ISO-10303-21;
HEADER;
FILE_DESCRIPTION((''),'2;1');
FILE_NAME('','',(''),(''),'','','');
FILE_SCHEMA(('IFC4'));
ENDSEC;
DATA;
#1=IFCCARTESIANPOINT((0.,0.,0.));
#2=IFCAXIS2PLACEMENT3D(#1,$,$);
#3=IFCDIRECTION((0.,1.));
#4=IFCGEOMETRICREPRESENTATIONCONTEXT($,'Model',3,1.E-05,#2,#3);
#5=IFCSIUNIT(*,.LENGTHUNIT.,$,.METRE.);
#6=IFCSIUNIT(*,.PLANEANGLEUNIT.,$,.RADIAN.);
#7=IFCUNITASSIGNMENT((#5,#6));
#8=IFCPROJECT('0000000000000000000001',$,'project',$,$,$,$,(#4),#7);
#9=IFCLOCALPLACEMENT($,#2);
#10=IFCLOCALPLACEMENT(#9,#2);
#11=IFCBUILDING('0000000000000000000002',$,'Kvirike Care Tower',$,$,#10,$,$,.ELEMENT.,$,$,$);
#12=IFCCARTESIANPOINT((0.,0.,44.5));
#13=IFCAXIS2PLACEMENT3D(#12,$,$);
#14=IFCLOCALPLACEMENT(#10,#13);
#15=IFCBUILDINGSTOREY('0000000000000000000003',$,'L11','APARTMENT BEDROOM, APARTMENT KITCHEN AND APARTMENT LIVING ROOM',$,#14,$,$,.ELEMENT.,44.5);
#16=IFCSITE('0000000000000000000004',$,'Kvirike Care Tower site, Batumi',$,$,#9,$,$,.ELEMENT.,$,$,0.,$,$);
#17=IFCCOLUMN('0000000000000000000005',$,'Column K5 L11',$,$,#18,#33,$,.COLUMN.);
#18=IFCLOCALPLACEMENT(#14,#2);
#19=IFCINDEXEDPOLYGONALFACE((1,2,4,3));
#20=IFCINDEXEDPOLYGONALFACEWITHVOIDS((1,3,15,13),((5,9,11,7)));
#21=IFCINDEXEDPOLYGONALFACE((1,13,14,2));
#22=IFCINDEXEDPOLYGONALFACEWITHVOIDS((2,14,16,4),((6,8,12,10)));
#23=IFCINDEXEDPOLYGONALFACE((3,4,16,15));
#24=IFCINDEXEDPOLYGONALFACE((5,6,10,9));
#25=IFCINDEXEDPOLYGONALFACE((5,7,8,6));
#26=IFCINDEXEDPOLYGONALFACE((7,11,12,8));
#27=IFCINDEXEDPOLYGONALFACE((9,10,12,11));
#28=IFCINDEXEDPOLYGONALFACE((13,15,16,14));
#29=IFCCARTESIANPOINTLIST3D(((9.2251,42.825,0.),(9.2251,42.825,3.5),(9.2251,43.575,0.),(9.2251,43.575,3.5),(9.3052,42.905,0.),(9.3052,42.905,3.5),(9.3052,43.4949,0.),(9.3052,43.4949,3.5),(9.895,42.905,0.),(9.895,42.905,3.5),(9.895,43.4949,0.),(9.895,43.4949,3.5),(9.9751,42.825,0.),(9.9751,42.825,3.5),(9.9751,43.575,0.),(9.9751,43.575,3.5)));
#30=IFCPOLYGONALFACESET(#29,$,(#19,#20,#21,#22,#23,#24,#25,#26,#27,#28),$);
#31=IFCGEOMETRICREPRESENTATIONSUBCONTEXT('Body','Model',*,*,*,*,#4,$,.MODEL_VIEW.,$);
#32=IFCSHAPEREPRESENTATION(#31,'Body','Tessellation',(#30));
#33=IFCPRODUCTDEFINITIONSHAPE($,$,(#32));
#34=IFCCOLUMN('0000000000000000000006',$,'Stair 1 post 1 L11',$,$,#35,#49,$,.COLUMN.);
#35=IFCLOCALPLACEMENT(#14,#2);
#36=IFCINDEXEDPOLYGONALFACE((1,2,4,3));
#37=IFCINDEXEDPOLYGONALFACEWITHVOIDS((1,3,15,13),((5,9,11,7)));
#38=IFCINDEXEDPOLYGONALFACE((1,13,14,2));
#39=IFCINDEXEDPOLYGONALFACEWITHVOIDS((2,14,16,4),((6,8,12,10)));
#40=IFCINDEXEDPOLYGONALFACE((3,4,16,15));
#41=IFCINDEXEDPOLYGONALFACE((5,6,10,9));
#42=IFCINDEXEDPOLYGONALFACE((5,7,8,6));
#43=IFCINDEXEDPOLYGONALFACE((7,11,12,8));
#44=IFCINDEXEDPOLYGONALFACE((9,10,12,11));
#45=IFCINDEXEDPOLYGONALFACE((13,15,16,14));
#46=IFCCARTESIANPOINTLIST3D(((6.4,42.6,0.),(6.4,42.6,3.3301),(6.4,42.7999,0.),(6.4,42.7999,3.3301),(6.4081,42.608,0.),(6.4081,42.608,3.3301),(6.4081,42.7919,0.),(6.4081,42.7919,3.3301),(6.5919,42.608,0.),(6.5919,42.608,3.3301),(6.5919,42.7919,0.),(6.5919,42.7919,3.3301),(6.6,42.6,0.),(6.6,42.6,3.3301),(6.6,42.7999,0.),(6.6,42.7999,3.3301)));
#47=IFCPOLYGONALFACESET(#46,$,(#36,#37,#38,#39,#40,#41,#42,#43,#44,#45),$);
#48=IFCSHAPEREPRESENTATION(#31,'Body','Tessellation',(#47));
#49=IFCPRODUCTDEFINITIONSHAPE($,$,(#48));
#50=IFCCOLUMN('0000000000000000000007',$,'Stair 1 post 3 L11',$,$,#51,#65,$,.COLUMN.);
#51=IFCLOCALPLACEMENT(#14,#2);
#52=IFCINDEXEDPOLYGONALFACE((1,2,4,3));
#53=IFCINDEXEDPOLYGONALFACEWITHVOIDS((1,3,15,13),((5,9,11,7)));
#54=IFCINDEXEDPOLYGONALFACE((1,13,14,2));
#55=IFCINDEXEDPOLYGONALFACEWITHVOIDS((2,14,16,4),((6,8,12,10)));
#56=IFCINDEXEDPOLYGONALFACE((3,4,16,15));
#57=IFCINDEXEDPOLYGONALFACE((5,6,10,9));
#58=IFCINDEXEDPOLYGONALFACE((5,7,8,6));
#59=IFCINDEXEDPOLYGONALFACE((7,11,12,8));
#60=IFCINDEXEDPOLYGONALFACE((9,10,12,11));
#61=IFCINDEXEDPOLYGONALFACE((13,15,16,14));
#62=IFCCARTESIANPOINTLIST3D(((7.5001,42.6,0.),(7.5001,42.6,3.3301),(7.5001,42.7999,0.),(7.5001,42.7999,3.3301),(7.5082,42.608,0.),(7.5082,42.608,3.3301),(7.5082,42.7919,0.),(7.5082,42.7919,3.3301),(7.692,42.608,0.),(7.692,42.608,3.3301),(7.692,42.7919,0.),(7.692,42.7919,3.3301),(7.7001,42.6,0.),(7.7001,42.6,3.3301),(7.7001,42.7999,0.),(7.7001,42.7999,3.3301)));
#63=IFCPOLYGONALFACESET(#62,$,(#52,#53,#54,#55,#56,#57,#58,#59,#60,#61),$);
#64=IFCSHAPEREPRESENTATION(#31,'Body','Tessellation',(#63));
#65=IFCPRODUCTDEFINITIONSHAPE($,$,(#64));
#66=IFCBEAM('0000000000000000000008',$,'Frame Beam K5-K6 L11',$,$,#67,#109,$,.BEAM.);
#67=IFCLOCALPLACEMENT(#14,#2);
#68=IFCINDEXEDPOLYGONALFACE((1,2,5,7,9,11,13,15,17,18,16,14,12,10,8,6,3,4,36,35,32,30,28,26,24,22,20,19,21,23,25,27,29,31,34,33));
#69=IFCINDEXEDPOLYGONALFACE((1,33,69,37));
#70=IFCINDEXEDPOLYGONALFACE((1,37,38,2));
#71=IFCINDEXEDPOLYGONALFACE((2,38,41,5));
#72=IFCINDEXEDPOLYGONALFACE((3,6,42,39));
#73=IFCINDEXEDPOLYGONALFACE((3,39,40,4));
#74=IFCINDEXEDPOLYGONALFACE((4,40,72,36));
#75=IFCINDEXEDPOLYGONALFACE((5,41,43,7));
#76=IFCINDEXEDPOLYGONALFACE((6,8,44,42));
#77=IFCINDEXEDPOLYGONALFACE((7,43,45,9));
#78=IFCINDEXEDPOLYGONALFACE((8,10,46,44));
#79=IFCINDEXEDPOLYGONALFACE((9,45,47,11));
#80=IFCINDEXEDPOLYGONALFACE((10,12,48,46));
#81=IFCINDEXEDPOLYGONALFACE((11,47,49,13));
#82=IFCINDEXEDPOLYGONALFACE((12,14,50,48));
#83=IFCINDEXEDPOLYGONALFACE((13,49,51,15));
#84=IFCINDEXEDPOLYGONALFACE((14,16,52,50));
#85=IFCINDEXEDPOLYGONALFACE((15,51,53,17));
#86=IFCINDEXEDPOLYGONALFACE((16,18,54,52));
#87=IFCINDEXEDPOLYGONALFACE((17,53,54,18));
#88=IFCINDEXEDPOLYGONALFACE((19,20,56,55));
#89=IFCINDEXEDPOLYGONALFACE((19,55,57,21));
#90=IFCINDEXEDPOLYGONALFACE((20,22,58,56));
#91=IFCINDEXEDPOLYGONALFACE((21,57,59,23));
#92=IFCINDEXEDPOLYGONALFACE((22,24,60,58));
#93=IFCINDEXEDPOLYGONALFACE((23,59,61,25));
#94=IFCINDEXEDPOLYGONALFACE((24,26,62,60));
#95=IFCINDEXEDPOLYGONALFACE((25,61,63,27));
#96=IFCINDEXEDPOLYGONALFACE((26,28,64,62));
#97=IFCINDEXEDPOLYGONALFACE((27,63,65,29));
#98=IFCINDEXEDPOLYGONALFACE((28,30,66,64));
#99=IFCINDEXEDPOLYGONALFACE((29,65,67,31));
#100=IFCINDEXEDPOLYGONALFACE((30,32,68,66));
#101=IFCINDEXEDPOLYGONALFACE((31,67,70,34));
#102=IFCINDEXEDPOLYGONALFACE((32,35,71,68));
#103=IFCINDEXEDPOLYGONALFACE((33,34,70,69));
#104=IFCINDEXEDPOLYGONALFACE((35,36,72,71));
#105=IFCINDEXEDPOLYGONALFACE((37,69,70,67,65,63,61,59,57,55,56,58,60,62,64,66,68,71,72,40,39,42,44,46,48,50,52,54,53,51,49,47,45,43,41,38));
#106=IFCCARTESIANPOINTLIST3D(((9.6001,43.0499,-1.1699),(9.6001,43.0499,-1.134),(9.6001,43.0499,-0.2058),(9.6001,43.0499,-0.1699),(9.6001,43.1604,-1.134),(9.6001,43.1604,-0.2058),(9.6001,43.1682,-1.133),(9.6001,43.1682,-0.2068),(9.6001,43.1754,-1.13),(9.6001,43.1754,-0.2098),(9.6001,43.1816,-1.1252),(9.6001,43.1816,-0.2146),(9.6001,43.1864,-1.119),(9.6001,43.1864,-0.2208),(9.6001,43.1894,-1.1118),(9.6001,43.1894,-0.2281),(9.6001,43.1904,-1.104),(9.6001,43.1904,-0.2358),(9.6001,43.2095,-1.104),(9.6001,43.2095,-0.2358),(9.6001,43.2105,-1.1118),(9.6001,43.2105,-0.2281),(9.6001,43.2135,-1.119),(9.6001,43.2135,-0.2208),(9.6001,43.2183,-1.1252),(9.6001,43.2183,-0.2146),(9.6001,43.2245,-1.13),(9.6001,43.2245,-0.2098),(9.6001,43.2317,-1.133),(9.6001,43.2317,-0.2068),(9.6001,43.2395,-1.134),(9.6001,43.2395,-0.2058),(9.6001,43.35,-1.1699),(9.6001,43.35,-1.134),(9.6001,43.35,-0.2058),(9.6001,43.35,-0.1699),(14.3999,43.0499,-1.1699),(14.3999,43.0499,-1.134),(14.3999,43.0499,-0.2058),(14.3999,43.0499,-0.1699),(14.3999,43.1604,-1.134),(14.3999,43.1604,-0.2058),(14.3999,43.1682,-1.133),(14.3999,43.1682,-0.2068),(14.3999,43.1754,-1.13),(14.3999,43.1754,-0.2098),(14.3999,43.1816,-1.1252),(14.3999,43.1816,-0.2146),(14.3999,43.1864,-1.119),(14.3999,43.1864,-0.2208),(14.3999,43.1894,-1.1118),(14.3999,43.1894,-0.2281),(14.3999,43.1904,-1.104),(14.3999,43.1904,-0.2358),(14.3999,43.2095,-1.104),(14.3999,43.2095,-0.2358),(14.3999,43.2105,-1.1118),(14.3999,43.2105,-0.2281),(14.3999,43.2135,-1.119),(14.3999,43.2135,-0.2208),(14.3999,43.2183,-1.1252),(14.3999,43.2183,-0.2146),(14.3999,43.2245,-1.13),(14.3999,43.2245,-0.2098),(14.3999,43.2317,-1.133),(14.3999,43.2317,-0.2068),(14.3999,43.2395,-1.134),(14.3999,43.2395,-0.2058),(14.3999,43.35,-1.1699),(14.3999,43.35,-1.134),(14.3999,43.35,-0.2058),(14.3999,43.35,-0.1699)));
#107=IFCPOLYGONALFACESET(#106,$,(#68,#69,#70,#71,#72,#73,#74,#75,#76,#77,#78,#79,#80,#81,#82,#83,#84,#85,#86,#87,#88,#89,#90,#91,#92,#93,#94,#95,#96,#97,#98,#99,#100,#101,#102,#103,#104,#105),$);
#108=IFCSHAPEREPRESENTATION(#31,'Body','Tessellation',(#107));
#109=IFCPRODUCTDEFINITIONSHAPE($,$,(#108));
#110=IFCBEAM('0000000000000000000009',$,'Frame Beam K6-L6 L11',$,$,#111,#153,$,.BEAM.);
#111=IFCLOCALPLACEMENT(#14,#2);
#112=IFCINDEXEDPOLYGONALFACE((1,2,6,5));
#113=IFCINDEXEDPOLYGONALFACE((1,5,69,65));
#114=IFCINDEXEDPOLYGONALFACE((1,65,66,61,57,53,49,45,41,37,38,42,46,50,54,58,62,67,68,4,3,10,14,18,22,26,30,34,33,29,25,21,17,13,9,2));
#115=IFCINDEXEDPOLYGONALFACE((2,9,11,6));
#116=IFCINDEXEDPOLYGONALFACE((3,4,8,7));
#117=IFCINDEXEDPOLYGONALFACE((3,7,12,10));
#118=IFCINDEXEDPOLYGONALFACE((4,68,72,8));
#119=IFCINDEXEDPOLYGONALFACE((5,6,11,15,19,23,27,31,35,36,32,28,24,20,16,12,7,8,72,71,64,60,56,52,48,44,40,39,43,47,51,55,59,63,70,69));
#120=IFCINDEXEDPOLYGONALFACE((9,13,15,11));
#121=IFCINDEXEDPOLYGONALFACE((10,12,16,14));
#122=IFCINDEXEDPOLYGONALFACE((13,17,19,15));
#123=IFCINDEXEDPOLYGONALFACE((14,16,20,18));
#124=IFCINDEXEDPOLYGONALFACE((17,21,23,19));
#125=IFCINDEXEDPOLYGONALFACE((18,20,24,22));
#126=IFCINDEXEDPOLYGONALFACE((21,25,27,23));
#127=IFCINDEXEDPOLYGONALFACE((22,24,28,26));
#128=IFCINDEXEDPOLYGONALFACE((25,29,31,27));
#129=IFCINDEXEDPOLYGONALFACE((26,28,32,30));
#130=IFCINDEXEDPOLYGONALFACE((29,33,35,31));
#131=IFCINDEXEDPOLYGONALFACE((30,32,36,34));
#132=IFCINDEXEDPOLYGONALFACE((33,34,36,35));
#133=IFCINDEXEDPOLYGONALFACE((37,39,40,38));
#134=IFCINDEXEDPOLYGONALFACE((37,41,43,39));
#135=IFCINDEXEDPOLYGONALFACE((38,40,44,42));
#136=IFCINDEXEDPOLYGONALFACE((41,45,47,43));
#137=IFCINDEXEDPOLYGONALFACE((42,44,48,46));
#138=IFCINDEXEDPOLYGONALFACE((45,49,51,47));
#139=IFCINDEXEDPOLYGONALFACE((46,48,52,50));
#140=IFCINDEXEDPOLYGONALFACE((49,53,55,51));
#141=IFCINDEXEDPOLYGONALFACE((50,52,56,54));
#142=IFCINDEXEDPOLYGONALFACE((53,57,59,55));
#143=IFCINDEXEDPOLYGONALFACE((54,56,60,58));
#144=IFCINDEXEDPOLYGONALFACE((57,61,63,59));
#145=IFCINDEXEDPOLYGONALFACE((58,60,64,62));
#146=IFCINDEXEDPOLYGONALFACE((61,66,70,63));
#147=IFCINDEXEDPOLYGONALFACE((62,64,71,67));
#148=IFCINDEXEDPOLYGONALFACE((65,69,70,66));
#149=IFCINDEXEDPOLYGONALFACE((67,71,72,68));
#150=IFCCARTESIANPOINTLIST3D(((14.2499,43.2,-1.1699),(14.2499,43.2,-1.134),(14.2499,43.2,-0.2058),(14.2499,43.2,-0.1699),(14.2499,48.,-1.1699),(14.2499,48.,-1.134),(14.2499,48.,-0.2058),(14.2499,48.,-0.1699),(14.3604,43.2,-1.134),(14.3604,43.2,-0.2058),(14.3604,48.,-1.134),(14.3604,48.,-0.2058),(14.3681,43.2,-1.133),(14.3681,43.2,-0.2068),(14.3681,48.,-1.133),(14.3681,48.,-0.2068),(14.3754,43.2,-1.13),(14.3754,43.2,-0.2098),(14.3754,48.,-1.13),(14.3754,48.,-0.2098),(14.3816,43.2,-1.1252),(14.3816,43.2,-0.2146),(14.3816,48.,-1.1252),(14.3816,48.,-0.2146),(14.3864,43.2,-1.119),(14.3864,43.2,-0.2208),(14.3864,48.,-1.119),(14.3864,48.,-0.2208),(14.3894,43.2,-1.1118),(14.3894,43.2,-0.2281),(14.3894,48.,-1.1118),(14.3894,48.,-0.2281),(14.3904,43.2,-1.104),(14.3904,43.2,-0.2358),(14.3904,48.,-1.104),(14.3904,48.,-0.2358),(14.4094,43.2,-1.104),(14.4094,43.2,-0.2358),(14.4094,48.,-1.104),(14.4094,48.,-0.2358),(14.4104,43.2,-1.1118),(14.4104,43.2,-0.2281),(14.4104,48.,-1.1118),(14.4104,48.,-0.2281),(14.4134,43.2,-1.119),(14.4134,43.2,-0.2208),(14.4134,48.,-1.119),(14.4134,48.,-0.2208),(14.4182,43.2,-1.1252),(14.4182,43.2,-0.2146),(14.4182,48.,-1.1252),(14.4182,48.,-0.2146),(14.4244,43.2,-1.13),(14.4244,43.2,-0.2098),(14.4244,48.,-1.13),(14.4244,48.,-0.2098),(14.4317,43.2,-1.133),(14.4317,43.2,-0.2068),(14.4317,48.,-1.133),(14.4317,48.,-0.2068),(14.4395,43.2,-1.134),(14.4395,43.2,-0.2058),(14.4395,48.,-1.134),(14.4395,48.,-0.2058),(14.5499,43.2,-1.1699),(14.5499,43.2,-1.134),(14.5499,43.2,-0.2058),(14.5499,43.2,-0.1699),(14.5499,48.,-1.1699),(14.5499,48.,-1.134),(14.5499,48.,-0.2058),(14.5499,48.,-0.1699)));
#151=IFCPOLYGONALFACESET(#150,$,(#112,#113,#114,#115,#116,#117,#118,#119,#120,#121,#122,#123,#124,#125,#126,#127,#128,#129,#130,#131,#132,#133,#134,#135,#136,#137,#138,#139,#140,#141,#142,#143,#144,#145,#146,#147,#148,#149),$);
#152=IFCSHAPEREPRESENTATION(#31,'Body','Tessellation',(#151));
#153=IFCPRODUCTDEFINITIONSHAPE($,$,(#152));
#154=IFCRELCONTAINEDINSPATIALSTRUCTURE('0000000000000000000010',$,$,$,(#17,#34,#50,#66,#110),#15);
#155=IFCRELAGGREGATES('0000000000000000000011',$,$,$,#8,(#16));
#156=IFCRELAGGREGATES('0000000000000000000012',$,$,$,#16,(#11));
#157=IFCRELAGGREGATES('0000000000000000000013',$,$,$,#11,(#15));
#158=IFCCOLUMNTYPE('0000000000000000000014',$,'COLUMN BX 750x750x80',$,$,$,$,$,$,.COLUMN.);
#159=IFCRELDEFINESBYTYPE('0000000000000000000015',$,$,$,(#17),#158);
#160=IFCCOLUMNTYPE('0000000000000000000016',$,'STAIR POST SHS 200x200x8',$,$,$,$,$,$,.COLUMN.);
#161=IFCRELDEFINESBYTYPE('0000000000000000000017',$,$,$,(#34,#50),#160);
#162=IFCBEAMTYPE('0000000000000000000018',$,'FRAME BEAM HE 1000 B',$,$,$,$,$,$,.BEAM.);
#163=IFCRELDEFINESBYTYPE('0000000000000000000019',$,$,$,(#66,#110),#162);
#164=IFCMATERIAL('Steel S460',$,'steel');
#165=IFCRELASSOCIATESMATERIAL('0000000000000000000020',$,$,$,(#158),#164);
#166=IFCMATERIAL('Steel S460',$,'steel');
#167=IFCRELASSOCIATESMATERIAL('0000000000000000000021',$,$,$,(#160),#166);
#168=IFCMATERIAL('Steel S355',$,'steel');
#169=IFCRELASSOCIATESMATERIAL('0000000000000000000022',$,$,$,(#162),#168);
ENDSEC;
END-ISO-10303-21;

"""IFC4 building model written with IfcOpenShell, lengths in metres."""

from ifc_helpers import new_model, si_unit, direction, frame, origin, origin_2d, place, context, subcontext, project, spatial, hollow_rectangle, i_section, extrude, material, material_profile, profile_set, type_object, element, save


model = new_model("IFC4")

# Units and contexts
model_context = context("Model", 3, precision=1e-05, world=origin(), true_north=direction((0.0, 1.0)))
body_context = subcontext(model_context, "Body", "Model", "MODEL_VIEW")
ifc_project = project(units=[si_unit("LENGTHUNIT", "METRE"), si_unit("PLANEANGLEUNIT", "RADIAN")], contexts=[model_context])

# Site, building, storey
site_placement = place(None, origin())
site = spatial("IfcSite", under=ifc_project, at=site_placement, Name="Kvirike Care Tower site, Batumi", CompositionType="ELEMENT", RefElevation=0.0)
building_placement = place(site_placement, origin())
building = spatial("IfcBuilding", under=site, at=building_placement, Name="Kvirike Care Tower", CompositionType="ELEMENT")
storey_placement = place(building_placement, frame((0.0, 0.0, 44.5)))
storey = spatial("IfcBuildingStorey", under=building, at=storey_placement, Name="L11", Description="APARTMENT BEDROOM, APARTMENT KITCHEN AND APARTMENT LIVING ROOM", CompositionType="ELEMENT", Elevation=44.5)

# Columns
ifc_material_1 = material(Name="Steel S460", Category="steel")
ifc_material_profile_1 = material_profile(ifc_material_1, hollow_rectangle(XDim=0.75, YDim=0.75, WallThickness=0.0801, at=origin_2d()), Name="BX 750x750x80")
ifc_profile_set_1 = profile_set([ifc_material_profile_1], Name="Steel S460")
column_type_1 = type_object("IfcColumnType", Name="COLUMN BX 750x750x80", PredefinedType="COLUMN", material=ifc_profile_set_1)
column_placement = place(storey_placement, frame((9.6001, 43.2, 0.0), z_axis=(0.0, 0.0, 1.0), x_axis=(0.0, 1.0, 0.0)))
element("IfcColumn", 1, at=column_placement, inside=storey, type_object=column_type_1, Name="Column K5 L11", PredefinedType="COLUMN", context=body_context, shape_type="SweptSolid", body=[
    extrude(hollow_rectangle(XDim=0.75, YDim=0.75, WallThickness=0.0801, at=origin_2d()), origin(), (0.0, 0.0, 1.0), 3.5),
])
ifc_material_2 = material(Name="Steel S460", Category="steel")
ifc_material_profile_2 = material_profile(ifc_material_2, hollow_rectangle(XDim=0.2, YDim=0.2, WallThickness=0.0081, at=origin_2d()), Name="SHS 200x200x8")
ifc_profile_set_2 = profile_set([ifc_material_profile_2], Name="Steel S460")
column_type_2 = type_object("IfcColumnType", Name="STAIR POST SHS 200x200x8", PredefinedType="COLUMN", material=ifc_profile_set_2)
for number, where, z_axis, x_axis, name in (
    (2, (6.5, 42.7, 0.0), (0.0, 0.0, 1.0), (1.0, 0.0, 0.0), "Stair 1 post 1 L11"),
    (3, (7.6001, 42.7, 0.0), (0.0, 0.0, 1.0), (1.0, 0.0, 0.0), "Stair 1 post 3 L11"),
):
    element("IfcColumn", number, at=place(storey_placement, frame(where, z_axis=z_axis, x_axis=x_axis)), inside=storey, type_object=column_type_2, Name=name, PredefinedType="COLUMN", context=body_context, shape_type="SweptSolid", body=[
        extrude(hollow_rectangle(XDim=0.2, YDim=0.2, WallThickness=0.0081, at=origin_2d()), origin(), (0.0, 0.0, 1.0), 3.3301),
    ])

# Beams
ifc_material_3 = material(Name="Steel S355", Category="steel")
ifc_material_profile_3 = material_profile(ifc_material_3, i_section(OverallWidth=0.3, OverallDepth=1.0, WebThickness=0.019, FlangeThickness=0.0359, FilletRadius=0.03, at=origin_2d()), Name="HE 1000 B")
ifc_profile_set_3 = profile_set([ifc_material_profile_3], Name="Steel S355")
beam_type_1 = type_object("IfcBeamType", Name="FRAME BEAM HE 1000 B", PredefinedType="BEAM", material=ifc_profile_set_3)
beam_1_placement = place(storey_placement, frame((9.6001, 43.2, -0.6699), z_axis=(1.0, 0.0, 0.0), x_axis=(0.0, 1.0, 0.0)))
element("IfcBeam", 4, at=beam_1_placement, inside=storey, type_object=beam_type_1, Name="Frame Beam K5-K6 L11", PredefinedType="BEAM", context=body_context, shape_type="SweptSolid", body=[
    extrude(i_section(OverallWidth=0.3, OverallDepth=1.0, WebThickness=0.019, FlangeThickness=0.0359, FilletRadius=0.03, at=origin_2d()), origin(), (0.0, 0.0, 1.0), 4.7998),
])
beam_2_placement = place(storey_placement, frame((14.3999, 43.2, -0.6699), z_axis=(0.0, 1.0, 0.0), x_axis=(-1.0, 0.0, 0.0)))
element("IfcBeam", 5, at=beam_2_placement, inside=storey, type_object=beam_type_1, Name="Frame Beam K6-L6 L11", PredefinedType="BEAM", context=body_context, shape_type="SweptSolid", body=[
    extrude(i_section(OverallWidth=0.3, OverallDepth=1.0, WebThickness=0.019, FlangeThickness=0.0359, FilletRadius=0.03, at=origin_2d()), origin(), (0.0, 0.0, 1.0), 4.8),
])

save(model, "model.ifc")
